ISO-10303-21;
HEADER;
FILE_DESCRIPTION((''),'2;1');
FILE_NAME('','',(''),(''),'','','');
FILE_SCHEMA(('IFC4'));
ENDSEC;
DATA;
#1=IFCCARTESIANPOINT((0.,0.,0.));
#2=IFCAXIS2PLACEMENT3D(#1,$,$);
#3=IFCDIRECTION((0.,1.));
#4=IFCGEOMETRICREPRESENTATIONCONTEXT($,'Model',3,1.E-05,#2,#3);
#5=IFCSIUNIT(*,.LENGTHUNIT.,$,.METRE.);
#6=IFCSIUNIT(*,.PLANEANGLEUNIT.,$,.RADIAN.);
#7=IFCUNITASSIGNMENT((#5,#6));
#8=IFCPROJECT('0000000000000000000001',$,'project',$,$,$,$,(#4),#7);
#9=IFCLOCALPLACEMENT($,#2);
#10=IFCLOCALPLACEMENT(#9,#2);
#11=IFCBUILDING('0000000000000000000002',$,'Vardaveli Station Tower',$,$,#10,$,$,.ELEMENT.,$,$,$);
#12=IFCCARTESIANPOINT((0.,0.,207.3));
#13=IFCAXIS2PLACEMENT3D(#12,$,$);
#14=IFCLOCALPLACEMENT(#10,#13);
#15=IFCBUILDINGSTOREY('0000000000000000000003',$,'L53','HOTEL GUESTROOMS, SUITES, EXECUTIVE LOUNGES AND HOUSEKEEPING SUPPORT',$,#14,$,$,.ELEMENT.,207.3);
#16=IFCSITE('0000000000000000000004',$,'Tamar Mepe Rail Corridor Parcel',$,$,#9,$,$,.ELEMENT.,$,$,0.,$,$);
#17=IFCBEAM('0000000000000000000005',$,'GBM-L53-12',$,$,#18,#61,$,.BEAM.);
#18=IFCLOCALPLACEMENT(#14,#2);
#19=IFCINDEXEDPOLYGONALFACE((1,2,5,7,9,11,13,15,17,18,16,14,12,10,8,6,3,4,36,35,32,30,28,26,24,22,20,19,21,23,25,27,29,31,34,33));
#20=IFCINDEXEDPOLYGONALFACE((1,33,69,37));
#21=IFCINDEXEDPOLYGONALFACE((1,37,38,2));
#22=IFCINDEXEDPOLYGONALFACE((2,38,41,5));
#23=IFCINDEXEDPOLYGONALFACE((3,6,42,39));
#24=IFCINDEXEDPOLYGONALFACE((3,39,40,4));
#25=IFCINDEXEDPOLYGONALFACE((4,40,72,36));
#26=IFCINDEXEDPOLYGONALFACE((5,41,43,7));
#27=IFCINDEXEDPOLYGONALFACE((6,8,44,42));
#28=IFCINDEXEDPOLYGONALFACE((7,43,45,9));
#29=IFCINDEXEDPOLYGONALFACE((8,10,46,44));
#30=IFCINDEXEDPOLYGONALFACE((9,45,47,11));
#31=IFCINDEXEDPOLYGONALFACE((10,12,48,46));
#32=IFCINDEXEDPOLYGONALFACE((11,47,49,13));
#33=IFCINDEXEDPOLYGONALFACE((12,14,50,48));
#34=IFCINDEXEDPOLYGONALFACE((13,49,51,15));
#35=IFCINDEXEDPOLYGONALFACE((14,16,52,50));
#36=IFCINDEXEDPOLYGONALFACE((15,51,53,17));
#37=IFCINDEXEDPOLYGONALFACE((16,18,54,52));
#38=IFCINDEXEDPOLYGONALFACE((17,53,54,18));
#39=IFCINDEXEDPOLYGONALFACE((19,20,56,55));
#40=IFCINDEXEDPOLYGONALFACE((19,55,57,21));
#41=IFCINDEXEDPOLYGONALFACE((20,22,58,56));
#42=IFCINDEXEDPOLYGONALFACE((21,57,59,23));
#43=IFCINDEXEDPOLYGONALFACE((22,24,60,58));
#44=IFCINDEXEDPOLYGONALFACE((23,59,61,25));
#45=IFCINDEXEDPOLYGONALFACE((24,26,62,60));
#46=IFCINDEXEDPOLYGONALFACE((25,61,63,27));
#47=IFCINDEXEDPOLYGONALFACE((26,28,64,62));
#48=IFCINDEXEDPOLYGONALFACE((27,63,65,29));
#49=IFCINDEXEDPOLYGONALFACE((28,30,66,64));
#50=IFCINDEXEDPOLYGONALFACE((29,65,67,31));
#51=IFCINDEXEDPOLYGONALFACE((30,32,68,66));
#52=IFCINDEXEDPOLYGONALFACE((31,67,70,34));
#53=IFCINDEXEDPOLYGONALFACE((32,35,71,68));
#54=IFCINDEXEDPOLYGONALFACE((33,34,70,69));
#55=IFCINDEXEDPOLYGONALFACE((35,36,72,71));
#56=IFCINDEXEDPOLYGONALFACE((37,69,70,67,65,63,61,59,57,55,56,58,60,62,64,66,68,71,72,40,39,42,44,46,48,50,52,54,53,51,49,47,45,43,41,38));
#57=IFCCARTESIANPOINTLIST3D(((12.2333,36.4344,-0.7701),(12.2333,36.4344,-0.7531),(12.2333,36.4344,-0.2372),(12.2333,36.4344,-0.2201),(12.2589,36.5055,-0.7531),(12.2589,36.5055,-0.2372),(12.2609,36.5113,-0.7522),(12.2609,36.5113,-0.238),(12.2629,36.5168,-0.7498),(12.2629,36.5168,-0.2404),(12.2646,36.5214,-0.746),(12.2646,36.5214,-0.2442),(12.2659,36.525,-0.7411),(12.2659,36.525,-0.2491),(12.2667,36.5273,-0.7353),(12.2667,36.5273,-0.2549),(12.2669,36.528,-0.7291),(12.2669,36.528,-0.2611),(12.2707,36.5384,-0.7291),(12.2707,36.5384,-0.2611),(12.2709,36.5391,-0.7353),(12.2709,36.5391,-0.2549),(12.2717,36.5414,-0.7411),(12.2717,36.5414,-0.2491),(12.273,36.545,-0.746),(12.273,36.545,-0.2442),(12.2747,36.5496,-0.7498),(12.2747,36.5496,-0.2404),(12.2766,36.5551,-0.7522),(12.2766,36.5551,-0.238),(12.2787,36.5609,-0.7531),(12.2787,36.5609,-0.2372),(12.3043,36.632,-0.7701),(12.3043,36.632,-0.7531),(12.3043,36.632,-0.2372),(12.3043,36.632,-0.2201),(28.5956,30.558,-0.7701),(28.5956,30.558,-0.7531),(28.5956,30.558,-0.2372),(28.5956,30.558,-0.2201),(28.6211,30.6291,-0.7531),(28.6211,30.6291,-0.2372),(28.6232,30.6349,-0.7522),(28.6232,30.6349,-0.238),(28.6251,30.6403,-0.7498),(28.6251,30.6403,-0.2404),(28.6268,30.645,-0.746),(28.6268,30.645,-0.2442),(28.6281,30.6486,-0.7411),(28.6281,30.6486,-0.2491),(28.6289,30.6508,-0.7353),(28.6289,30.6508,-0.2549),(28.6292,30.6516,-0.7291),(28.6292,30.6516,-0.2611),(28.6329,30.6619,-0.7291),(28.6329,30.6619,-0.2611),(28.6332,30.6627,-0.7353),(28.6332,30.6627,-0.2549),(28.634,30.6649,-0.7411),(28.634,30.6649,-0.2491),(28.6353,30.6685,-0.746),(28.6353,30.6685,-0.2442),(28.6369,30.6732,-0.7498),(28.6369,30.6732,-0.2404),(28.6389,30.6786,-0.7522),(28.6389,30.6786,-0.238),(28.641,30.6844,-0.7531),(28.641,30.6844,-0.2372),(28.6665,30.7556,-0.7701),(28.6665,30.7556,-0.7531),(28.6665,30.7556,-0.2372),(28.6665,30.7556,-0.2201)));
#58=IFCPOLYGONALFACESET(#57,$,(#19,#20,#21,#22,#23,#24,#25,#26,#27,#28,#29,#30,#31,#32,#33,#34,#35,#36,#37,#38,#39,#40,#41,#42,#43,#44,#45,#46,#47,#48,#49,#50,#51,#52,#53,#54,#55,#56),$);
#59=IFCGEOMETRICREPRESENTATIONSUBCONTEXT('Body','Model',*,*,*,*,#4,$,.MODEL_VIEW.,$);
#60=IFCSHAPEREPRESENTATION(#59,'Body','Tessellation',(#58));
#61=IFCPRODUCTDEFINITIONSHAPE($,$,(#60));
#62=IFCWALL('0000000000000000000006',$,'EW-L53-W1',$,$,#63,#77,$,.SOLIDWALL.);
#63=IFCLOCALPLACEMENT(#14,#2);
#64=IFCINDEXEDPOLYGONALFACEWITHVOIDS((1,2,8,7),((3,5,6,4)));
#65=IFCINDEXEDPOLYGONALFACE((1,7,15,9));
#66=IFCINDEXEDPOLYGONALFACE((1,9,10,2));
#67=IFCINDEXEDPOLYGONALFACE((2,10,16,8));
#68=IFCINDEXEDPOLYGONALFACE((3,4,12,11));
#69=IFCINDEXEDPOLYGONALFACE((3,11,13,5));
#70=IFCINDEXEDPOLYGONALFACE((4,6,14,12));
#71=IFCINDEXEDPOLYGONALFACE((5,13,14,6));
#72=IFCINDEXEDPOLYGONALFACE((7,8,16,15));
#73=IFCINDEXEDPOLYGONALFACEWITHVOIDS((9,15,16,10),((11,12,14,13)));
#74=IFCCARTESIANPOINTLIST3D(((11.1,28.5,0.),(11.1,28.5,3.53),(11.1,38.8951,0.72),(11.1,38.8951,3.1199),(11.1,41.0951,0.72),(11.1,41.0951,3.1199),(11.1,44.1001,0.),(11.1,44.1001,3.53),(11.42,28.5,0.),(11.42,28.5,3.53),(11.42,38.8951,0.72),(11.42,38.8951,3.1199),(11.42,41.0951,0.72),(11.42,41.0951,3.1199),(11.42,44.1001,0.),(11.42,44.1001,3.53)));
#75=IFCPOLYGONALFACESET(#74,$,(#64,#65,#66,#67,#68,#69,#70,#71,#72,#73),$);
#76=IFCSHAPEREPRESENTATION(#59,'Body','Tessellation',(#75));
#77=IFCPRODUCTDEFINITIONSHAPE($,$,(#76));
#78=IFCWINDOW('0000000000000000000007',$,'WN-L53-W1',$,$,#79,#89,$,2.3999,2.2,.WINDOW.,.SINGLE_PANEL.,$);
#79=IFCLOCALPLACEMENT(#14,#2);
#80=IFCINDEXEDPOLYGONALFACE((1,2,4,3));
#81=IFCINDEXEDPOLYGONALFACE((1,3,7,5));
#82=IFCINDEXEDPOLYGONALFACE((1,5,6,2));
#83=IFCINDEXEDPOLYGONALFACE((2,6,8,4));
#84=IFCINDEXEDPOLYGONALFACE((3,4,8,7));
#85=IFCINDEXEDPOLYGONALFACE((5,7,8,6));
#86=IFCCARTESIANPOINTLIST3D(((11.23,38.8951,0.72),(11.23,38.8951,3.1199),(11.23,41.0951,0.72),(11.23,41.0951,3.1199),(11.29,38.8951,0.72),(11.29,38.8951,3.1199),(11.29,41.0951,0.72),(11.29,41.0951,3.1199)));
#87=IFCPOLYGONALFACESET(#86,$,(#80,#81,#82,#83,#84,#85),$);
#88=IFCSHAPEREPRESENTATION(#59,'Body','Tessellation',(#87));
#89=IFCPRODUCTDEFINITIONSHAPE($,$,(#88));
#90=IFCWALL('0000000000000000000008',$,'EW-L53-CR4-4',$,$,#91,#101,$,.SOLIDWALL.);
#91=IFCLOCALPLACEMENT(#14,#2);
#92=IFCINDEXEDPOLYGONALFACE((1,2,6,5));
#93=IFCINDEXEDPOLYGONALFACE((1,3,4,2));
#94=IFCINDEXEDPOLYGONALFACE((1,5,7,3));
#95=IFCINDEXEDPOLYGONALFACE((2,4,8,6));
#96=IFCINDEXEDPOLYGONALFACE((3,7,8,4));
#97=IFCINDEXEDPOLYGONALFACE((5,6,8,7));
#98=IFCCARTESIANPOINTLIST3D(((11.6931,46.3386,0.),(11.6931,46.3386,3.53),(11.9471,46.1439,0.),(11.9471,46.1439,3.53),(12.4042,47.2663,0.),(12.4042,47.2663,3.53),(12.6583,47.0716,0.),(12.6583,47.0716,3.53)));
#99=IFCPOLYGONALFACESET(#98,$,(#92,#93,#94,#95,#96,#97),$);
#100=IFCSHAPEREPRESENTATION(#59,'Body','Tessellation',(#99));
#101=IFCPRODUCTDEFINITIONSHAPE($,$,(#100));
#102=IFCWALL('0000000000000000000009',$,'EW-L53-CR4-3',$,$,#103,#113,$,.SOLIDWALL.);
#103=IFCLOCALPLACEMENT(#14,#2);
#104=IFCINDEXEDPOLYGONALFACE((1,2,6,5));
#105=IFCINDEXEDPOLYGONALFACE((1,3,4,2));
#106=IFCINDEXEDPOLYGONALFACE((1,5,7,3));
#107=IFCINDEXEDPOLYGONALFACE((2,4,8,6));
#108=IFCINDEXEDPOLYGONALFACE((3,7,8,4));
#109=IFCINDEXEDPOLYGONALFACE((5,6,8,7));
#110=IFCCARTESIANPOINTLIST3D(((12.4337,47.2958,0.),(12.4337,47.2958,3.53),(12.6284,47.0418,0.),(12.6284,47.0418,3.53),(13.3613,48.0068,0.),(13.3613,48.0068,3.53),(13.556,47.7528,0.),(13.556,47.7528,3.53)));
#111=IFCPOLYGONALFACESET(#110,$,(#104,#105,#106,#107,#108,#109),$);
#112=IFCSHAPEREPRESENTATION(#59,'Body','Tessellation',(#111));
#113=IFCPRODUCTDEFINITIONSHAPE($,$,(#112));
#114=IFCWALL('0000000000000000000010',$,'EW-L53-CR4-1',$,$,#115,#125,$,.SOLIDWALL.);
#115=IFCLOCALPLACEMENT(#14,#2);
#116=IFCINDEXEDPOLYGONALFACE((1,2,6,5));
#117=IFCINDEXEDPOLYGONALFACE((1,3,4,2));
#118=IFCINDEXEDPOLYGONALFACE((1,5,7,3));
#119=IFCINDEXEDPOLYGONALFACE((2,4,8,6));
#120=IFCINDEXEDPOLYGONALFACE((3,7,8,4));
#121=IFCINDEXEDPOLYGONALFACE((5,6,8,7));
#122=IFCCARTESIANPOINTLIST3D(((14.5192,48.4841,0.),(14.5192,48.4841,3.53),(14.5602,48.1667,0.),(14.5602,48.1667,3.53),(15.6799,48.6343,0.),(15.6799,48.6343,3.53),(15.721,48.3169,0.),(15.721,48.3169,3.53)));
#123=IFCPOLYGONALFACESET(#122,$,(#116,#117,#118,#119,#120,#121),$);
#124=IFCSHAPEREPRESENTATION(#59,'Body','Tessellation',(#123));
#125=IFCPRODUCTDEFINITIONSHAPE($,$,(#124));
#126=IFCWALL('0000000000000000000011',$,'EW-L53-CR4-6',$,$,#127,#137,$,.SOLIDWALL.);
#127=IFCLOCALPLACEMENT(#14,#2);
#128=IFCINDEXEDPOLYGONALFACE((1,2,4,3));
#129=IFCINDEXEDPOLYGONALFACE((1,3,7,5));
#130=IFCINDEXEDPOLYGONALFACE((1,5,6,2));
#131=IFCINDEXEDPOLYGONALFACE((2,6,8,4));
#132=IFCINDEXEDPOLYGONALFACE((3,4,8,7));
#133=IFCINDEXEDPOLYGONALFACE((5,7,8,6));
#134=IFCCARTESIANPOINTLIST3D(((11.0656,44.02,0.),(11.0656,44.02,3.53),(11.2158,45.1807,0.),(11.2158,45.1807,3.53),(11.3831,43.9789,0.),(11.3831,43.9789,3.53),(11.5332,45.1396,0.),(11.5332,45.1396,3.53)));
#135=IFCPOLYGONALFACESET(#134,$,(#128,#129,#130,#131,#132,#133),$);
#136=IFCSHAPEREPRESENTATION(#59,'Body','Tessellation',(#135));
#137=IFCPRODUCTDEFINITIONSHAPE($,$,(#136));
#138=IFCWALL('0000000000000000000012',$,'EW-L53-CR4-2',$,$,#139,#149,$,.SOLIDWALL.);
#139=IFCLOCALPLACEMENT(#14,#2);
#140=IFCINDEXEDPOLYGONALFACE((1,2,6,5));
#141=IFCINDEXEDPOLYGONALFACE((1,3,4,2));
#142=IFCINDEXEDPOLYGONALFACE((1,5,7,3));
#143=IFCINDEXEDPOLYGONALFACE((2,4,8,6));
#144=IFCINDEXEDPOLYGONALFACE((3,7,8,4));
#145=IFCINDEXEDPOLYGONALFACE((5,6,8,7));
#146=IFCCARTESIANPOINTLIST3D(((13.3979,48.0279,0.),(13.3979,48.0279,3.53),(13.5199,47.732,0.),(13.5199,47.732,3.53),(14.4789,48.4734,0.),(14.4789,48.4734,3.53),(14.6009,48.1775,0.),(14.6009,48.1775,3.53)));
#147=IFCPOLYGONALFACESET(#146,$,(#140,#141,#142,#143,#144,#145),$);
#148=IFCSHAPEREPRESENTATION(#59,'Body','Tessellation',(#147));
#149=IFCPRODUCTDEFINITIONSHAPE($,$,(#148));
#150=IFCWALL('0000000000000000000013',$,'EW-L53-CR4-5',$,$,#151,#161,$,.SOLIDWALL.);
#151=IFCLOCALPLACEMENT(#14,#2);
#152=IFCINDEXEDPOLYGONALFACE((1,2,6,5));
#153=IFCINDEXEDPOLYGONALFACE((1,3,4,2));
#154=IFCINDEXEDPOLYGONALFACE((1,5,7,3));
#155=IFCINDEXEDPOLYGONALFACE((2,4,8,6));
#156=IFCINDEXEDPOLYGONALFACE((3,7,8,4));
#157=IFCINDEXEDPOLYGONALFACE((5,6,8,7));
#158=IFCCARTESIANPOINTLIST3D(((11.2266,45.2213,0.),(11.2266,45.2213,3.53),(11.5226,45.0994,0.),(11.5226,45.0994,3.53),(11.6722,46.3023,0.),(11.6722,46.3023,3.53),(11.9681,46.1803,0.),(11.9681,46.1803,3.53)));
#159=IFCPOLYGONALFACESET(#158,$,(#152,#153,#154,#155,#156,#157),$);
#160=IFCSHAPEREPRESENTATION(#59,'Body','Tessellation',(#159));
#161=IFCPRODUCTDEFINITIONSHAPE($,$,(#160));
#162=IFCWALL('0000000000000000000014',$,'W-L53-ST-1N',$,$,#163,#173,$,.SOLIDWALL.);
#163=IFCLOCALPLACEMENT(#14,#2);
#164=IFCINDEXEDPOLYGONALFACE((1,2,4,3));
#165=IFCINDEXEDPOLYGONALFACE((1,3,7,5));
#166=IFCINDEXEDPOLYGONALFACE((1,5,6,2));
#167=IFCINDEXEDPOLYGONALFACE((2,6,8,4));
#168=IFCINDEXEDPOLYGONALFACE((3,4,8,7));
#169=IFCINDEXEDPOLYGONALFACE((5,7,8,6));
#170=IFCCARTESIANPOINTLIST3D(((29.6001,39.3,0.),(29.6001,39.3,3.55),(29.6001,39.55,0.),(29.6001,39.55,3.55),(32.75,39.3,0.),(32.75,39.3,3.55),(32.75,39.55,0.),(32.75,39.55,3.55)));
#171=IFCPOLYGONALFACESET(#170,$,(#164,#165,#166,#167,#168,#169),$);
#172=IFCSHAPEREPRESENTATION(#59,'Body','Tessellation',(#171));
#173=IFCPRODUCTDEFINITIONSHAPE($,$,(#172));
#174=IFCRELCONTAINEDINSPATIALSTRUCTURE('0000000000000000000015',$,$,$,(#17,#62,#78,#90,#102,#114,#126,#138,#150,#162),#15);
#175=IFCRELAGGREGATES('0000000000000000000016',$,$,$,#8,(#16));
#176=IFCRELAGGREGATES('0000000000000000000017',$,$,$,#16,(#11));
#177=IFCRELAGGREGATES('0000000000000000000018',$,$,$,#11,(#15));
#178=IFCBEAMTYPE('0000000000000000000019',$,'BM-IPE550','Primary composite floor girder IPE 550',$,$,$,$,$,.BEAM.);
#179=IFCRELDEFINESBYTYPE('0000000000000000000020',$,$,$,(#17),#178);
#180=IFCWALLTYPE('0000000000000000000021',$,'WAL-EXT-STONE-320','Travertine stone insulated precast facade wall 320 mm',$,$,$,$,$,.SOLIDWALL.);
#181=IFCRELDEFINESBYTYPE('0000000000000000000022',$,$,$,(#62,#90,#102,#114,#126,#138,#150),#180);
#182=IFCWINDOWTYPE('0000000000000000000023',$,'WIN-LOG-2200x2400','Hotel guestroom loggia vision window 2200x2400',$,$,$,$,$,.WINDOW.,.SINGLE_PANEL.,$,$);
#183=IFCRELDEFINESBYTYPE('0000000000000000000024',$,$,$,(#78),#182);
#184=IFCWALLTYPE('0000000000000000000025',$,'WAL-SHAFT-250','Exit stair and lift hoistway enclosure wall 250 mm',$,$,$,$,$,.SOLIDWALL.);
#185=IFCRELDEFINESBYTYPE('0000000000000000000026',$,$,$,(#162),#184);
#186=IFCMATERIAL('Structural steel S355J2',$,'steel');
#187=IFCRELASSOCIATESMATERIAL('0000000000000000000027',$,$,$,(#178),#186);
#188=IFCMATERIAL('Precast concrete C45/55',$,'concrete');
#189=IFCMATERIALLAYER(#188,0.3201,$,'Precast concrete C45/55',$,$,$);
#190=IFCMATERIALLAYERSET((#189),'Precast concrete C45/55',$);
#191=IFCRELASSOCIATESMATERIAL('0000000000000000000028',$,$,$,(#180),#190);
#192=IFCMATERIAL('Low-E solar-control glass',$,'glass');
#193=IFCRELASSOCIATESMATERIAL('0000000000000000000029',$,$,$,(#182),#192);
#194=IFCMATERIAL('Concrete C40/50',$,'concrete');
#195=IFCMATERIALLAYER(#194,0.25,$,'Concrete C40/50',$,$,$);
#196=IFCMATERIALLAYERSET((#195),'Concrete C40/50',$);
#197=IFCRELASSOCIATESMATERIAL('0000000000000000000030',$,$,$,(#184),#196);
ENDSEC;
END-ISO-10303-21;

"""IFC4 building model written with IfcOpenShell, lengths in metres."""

from ifc_helpers import new_model, si_unit, direction, frame, frame_2d, origin, origin_2d, place, context, subcontext, project, spatial, rectangle, i_section, extrude, source, transform, mapped, material, layer, layer_set, material_profile, profile_set, type_object, element, fill, save


model = new_model("IFC4")

# Units and contexts
model_context = context("Model", 3, precision=1e-05, world=origin(), true_north=direction((0.0, 1.0)))
body_context = subcontext(model_context, "Body", "Model", "MODEL_VIEW")
ifc_project = project(units=[si_unit("LENGTHUNIT", "METRE"), si_unit("PLANEANGLEUNIT", "RADIAN")], contexts=[model_context])

# Site, building, storey
site_placement = place(None, origin())
site = spatial("IfcSite", under=ifc_project, at=site_placement, Name="Tamar Mepe Rail Corridor Parcel", CompositionType="ELEMENT", RefElevation=0.0)
building_placement = place(site_placement, origin())
building = spatial("IfcBuilding", under=site, at=building_placement, Name="Vardaveli Station Tower", CompositionType="ELEMENT")
storey_placement = place(building_placement, frame((0.0, 0.0, 207.3)))
storey = spatial("IfcBuildingStorey", under=building, at=storey_placement, Name="L53", Description="HOTEL GUESTROOMS, SUITES, EXECUTIVE LOUNGES AND HOUSEKEEPING SUPPORT", CompositionType="ELEMENT", Elevation=207.3)

# Beam
ifc_material_1 = material(Name="Precast concrete C45/55", Category="concrete")
ifc_material_2 = material(Name="Structural steel S355J2", Category="steel")
ifc_material_profile_1 = material_profile(ifc_material_2, i_section(OverallWidth=0.21, OverallDepth=0.55, WebThickness=0.011, FlangeThickness=0.0171, FilletRadius=0.0239, at=origin_2d()), Name="IPE 550")
ifc_profile_set_1 = profile_set([ifc_material_profile_1], Name="Structural steel S355J2")
beam_type_1 = type_object("IfcBeamType", Name="BM-IPE550", Description="Primary composite floor girder IPE 550", PredefinedType="BEAM", material=ifc_profile_set_1)
shared_shape_1 = source(origin(), body_context, "Body", "SweptSolid", [
    extrude(i_section(OverallWidth=0.21, OverallDepth=0.55, WebThickness=0.011, FlangeThickness=0.0171, FilletRadius=0.0239, at=origin_2d()), origin(), (0.0, 0.0, 1.0), 17.3855),
])
beam_1_placement = place(storey_placement, frame((12.2688, 36.5332, -0.4951), z_axis=(0.941143, -0.338008, 0.0), x_axis=(0.338008, 0.941143, 0.0)))
element("IfcBeam", 1, at=beam_1_placement, inside=storey, type_object=beam_type_1, Name="GBM-L53-12", PredefinedType="BEAM", context=body_context, shape_type="MappedRepresentation", body=[
    mapped(shared_shape_1, transform((0.0, 0.0, 0.0), scale=1.0)),
])

# Wall, opening, window
ifc_layer_1 = layer(ifc_material_1, 0.3201, Name="Precast concrete C45/55")
ifc_layer_set_1 = layer_set([ifc_layer_1], Name="Precast concrete C45/55")
wall_type_1 = type_object("IfcWallType", Name="WAL-EXT-STONE-320", Description="Travertine stone insulated precast facade wall 320 mm", PredefinedType="SOLIDWALL", material=ifc_layer_set_1)
shared_shape_2 = source(origin(), body_context, "Body", "SweptSolid", [
    extrude(rectangle(XDim=15.6001, YDim=0.3201, at=frame_2d((7.8, 0.0))), origin(), (0.0, 0.0, 1.0), 3.53),
])
wall_1_placement = place(storey_placement, frame((11.26, 44.1001, 0.0), z_axis=(0.0, 0.0, 1.0), x_axis=(0.0, -1.0, 0.0)))
wall_1 = element("IfcWall", 2, at=wall_1_placement, inside=storey, type_object=wall_type_1, Name="EW-L53-W1", PredefinedType="SOLIDWALL", context=body_context, shape_type="MappedRepresentation", body=[
    mapped(shared_shape_2, transform((0.0, 0.0, 0.0), scale=1.0)),
])
shared_shape_3 = source(origin(), body_context, "Body", "SweptSolid", [
    extrude(rectangle(XDim=2.2, YDim=2.3999, at=frame_2d((1.1001, 1.2))), frame((0.0, 0.1699, 0.0), z_axis=(0.0, -1.0, 0.0), x_axis=(1.0, 0.0, 0.0)), (0.0, 0.0, 1.0), 0.3401),
])
opening_1_placement = place(wall_1_placement, frame((3.0049, 0.0, 0.72)))
opening_1 = element("IfcOpeningElement", 3, at=opening_1_placement, cuts=wall_1, PredefinedType="OPENING", context=body_context, shape_type="MappedRepresentation", body=[
    mapped(shared_shape_3, transform((0.0, 0.0, 0.0), scale=1.0)),
])
ifc_material_3 = material(Name="Low-E solar-control glass", Category="glass")
window_type = type_object("IfcWindowType", Name="WIN-LOG-2200x2400", Description="Hotel guestroom loggia vision window 2200x2400", PartitioningType="SINGLE_PANEL", PredefinedType="WINDOW", material=ifc_material_3)
shared_shape_4 = source(origin(), body_context, "Body", "SweptSolid", [
    extrude(rectangle(XDim=2.2, YDim=2.3999, at=frame_2d((1.1001, 1.2))), frame((0.0, 0.03, 0.0), z_axis=(0.0, -1.0, 0.0), x_axis=(1.0, 0.0, 0.0)), (0.0, 0.0, 1.0), 0.0601),
])
window_placement = place(opening_1_placement, origin())
window = element("IfcWindow", 4, at=window_placement, inside=storey, type_object=window_type, Name="WN-L53-W1", OverallHeight=2.3999, OverallWidth=2.2, PartitioningType="SINGLE_PANEL", PredefinedType="WINDOW", context=body_context, shape_type="MappedRepresentation", body=[
    mapped(shared_shape_4, transform((0.0, 0.0, 0.0), scale=1.0)),
])
fill(opening_1, window)

# Walls
shared_shape_5 = source(origin(), body_context, "Body", "SweptSolid", [
    extrude(rectangle(XDim=1.1689, YDim=0.3201, at=frame_2d((0.5845, 0.0))), origin(), (0.0, 0.0, 1.0), 3.53),
])
wall_2_placement = place(storey_placement, frame((12.5312, 47.1689, 0.0), z_axis=(0.0, 0.0, 1.0), x_axis=(-0.608388, -0.79364, 0.0)))
element("IfcWall", 5, at=wall_2_placement, inside=storey, type_object=wall_type_1, Name="EW-L53-CR4-4", PredefinedType="SOLIDWALL", context=body_context, shape_type="MappedRepresentation", body=[
    mapped(shared_shape_5, transform((0.0, 0.0, 0.0), scale=1.0)),
])
shared_shape_6 = source(origin(), body_context, "Body", "SweptSolid", [
    extrude(rectangle(XDim=1.1687, YDim=0.3201, at=frame_2d((0.5845, 0.0))), origin(), (0.0, 0.0, 1.0), 3.53),
])
wall_3_placement = place(storey_placement, frame((13.4587, 47.8799, 0.0), z_axis=(0.0, 0.0, 1.0), x_axis=(-0.793664, -0.608357, 0.0)))
element("IfcWall", 6, at=wall_3_placement, inside=storey, type_object=wall_type_1, Name="EW-L53-CR4-3", PredefinedType="SOLIDWALL", context=body_context, shape_type="MappedRepresentation", body=[
    mapped(shared_shape_6, transform((0.0, 0.0, 0.0), scale=1.0)),
])
shared_shape_7 = source(origin(), body_context, "Body", "SweptSolid", [
    extrude(rectangle(XDim=1.1704, YDim=0.3201, at=frame_2d((0.5852, 0.0))), origin(), (0.0, 0.0, 1.0), 3.53),
])
for number, where, z_axis, x_axis, name in (
    (7, (15.7004, 48.4756, 0.0), (0.0, 0.0, 1.0), (-0.991736, -0.128296, 0.0), "EW-L53-CR4-1"),
    (8, (11.3745, 45.1602, 0.0), (0.0, 0.0, 1.0), (-0.128296, -0.991736, 0.0), "EW-L53-CR4-6"),
):
    element("IfcWall", number, at=place(storey_placement, frame(where, z_axis=z_axis, x_axis=x_axis)), inside=storey, type_object=wall_type_1, Name=name, PredefinedType="SOLIDWALL", context=body_context, shape_type="MappedRepresentation", body=[
        mapped(shared_shape_7, transform((0.0, 0.0, 0.0), scale=1.0)),
    ])
shared_shape_8 = source(origin(), body_context, "Body", "SweptSolid", [
    extrude(rectangle(XDim=1.1692, YDim=0.3201, at=frame_2d((0.5845, 0.0))), origin(), (0.0, 0.0, 1.0), 3.53),
])
for number, where, z_axis, x_axis, name in (
    (9, (14.5398, 48.3254, 0.0), (0.0, 0.0, 1.0), (-0.924553, -0.381054, 0.0), "EW-L53-CR4-2"),
    (10, (11.8201, 46.2412, 0.0), (0.0, 0.0, 1.0), (-0.381054, -0.924553, 0.0), "EW-L53-CR4-5"),
):
    element("IfcWall", number, at=place(storey_placement, frame(where, z_axis=z_axis, x_axis=x_axis)), inside=storey, type_object=wall_type_1, Name=name, PredefinedType="SOLIDWALL", context=body_context, shape_type="MappedRepresentation", body=[
        mapped(shared_shape_8, transform((0.0, 0.0, 0.0), scale=1.0)),
    ])
ifc_material_4 = material(Name="Concrete C40/50", Category="concrete")
ifc_layer_2 = layer(ifc_material_4, 0.25, Name="Concrete C40/50")
ifc_layer_set_2 = layer_set([ifc_layer_2], Name="Concrete C40/50")
wall_type_2 = type_object("IfcWallType", Name="WAL-SHAFT-250", Description="Exit stair and lift hoistway enclosure wall 250 mm", PredefinedType="SOLIDWALL", material=ifc_layer_set_2)
shared_shape_9 = source(origin(), body_context, "Body", "SweptSolid", [
    extrude(rectangle(XDim=3.1499, YDim=0.25, at=frame_2d((1.575, 0.0))), origin(), (0.0, 0.0, 1.0), 3.55),
])
wall_4_placement = place(storey_placement, frame((29.6001, 39.425, 0.0), z_axis=(0.0, 0.0, 1.0), x_axis=(1.0, 0.0, 0.0)))
element("IfcWall", 11, at=wall_4_placement, inside=storey, type_object=wall_type_2, Name="W-L53-ST-1N", PredefinedType="SOLIDWALL", context=body_context, shape_type="MappedRepresentation", body=[
    mapped(shared_shape_9, transform((0.0, 0.0, 0.0), scale=1.0)),
])

save(model, "model.ifc")
